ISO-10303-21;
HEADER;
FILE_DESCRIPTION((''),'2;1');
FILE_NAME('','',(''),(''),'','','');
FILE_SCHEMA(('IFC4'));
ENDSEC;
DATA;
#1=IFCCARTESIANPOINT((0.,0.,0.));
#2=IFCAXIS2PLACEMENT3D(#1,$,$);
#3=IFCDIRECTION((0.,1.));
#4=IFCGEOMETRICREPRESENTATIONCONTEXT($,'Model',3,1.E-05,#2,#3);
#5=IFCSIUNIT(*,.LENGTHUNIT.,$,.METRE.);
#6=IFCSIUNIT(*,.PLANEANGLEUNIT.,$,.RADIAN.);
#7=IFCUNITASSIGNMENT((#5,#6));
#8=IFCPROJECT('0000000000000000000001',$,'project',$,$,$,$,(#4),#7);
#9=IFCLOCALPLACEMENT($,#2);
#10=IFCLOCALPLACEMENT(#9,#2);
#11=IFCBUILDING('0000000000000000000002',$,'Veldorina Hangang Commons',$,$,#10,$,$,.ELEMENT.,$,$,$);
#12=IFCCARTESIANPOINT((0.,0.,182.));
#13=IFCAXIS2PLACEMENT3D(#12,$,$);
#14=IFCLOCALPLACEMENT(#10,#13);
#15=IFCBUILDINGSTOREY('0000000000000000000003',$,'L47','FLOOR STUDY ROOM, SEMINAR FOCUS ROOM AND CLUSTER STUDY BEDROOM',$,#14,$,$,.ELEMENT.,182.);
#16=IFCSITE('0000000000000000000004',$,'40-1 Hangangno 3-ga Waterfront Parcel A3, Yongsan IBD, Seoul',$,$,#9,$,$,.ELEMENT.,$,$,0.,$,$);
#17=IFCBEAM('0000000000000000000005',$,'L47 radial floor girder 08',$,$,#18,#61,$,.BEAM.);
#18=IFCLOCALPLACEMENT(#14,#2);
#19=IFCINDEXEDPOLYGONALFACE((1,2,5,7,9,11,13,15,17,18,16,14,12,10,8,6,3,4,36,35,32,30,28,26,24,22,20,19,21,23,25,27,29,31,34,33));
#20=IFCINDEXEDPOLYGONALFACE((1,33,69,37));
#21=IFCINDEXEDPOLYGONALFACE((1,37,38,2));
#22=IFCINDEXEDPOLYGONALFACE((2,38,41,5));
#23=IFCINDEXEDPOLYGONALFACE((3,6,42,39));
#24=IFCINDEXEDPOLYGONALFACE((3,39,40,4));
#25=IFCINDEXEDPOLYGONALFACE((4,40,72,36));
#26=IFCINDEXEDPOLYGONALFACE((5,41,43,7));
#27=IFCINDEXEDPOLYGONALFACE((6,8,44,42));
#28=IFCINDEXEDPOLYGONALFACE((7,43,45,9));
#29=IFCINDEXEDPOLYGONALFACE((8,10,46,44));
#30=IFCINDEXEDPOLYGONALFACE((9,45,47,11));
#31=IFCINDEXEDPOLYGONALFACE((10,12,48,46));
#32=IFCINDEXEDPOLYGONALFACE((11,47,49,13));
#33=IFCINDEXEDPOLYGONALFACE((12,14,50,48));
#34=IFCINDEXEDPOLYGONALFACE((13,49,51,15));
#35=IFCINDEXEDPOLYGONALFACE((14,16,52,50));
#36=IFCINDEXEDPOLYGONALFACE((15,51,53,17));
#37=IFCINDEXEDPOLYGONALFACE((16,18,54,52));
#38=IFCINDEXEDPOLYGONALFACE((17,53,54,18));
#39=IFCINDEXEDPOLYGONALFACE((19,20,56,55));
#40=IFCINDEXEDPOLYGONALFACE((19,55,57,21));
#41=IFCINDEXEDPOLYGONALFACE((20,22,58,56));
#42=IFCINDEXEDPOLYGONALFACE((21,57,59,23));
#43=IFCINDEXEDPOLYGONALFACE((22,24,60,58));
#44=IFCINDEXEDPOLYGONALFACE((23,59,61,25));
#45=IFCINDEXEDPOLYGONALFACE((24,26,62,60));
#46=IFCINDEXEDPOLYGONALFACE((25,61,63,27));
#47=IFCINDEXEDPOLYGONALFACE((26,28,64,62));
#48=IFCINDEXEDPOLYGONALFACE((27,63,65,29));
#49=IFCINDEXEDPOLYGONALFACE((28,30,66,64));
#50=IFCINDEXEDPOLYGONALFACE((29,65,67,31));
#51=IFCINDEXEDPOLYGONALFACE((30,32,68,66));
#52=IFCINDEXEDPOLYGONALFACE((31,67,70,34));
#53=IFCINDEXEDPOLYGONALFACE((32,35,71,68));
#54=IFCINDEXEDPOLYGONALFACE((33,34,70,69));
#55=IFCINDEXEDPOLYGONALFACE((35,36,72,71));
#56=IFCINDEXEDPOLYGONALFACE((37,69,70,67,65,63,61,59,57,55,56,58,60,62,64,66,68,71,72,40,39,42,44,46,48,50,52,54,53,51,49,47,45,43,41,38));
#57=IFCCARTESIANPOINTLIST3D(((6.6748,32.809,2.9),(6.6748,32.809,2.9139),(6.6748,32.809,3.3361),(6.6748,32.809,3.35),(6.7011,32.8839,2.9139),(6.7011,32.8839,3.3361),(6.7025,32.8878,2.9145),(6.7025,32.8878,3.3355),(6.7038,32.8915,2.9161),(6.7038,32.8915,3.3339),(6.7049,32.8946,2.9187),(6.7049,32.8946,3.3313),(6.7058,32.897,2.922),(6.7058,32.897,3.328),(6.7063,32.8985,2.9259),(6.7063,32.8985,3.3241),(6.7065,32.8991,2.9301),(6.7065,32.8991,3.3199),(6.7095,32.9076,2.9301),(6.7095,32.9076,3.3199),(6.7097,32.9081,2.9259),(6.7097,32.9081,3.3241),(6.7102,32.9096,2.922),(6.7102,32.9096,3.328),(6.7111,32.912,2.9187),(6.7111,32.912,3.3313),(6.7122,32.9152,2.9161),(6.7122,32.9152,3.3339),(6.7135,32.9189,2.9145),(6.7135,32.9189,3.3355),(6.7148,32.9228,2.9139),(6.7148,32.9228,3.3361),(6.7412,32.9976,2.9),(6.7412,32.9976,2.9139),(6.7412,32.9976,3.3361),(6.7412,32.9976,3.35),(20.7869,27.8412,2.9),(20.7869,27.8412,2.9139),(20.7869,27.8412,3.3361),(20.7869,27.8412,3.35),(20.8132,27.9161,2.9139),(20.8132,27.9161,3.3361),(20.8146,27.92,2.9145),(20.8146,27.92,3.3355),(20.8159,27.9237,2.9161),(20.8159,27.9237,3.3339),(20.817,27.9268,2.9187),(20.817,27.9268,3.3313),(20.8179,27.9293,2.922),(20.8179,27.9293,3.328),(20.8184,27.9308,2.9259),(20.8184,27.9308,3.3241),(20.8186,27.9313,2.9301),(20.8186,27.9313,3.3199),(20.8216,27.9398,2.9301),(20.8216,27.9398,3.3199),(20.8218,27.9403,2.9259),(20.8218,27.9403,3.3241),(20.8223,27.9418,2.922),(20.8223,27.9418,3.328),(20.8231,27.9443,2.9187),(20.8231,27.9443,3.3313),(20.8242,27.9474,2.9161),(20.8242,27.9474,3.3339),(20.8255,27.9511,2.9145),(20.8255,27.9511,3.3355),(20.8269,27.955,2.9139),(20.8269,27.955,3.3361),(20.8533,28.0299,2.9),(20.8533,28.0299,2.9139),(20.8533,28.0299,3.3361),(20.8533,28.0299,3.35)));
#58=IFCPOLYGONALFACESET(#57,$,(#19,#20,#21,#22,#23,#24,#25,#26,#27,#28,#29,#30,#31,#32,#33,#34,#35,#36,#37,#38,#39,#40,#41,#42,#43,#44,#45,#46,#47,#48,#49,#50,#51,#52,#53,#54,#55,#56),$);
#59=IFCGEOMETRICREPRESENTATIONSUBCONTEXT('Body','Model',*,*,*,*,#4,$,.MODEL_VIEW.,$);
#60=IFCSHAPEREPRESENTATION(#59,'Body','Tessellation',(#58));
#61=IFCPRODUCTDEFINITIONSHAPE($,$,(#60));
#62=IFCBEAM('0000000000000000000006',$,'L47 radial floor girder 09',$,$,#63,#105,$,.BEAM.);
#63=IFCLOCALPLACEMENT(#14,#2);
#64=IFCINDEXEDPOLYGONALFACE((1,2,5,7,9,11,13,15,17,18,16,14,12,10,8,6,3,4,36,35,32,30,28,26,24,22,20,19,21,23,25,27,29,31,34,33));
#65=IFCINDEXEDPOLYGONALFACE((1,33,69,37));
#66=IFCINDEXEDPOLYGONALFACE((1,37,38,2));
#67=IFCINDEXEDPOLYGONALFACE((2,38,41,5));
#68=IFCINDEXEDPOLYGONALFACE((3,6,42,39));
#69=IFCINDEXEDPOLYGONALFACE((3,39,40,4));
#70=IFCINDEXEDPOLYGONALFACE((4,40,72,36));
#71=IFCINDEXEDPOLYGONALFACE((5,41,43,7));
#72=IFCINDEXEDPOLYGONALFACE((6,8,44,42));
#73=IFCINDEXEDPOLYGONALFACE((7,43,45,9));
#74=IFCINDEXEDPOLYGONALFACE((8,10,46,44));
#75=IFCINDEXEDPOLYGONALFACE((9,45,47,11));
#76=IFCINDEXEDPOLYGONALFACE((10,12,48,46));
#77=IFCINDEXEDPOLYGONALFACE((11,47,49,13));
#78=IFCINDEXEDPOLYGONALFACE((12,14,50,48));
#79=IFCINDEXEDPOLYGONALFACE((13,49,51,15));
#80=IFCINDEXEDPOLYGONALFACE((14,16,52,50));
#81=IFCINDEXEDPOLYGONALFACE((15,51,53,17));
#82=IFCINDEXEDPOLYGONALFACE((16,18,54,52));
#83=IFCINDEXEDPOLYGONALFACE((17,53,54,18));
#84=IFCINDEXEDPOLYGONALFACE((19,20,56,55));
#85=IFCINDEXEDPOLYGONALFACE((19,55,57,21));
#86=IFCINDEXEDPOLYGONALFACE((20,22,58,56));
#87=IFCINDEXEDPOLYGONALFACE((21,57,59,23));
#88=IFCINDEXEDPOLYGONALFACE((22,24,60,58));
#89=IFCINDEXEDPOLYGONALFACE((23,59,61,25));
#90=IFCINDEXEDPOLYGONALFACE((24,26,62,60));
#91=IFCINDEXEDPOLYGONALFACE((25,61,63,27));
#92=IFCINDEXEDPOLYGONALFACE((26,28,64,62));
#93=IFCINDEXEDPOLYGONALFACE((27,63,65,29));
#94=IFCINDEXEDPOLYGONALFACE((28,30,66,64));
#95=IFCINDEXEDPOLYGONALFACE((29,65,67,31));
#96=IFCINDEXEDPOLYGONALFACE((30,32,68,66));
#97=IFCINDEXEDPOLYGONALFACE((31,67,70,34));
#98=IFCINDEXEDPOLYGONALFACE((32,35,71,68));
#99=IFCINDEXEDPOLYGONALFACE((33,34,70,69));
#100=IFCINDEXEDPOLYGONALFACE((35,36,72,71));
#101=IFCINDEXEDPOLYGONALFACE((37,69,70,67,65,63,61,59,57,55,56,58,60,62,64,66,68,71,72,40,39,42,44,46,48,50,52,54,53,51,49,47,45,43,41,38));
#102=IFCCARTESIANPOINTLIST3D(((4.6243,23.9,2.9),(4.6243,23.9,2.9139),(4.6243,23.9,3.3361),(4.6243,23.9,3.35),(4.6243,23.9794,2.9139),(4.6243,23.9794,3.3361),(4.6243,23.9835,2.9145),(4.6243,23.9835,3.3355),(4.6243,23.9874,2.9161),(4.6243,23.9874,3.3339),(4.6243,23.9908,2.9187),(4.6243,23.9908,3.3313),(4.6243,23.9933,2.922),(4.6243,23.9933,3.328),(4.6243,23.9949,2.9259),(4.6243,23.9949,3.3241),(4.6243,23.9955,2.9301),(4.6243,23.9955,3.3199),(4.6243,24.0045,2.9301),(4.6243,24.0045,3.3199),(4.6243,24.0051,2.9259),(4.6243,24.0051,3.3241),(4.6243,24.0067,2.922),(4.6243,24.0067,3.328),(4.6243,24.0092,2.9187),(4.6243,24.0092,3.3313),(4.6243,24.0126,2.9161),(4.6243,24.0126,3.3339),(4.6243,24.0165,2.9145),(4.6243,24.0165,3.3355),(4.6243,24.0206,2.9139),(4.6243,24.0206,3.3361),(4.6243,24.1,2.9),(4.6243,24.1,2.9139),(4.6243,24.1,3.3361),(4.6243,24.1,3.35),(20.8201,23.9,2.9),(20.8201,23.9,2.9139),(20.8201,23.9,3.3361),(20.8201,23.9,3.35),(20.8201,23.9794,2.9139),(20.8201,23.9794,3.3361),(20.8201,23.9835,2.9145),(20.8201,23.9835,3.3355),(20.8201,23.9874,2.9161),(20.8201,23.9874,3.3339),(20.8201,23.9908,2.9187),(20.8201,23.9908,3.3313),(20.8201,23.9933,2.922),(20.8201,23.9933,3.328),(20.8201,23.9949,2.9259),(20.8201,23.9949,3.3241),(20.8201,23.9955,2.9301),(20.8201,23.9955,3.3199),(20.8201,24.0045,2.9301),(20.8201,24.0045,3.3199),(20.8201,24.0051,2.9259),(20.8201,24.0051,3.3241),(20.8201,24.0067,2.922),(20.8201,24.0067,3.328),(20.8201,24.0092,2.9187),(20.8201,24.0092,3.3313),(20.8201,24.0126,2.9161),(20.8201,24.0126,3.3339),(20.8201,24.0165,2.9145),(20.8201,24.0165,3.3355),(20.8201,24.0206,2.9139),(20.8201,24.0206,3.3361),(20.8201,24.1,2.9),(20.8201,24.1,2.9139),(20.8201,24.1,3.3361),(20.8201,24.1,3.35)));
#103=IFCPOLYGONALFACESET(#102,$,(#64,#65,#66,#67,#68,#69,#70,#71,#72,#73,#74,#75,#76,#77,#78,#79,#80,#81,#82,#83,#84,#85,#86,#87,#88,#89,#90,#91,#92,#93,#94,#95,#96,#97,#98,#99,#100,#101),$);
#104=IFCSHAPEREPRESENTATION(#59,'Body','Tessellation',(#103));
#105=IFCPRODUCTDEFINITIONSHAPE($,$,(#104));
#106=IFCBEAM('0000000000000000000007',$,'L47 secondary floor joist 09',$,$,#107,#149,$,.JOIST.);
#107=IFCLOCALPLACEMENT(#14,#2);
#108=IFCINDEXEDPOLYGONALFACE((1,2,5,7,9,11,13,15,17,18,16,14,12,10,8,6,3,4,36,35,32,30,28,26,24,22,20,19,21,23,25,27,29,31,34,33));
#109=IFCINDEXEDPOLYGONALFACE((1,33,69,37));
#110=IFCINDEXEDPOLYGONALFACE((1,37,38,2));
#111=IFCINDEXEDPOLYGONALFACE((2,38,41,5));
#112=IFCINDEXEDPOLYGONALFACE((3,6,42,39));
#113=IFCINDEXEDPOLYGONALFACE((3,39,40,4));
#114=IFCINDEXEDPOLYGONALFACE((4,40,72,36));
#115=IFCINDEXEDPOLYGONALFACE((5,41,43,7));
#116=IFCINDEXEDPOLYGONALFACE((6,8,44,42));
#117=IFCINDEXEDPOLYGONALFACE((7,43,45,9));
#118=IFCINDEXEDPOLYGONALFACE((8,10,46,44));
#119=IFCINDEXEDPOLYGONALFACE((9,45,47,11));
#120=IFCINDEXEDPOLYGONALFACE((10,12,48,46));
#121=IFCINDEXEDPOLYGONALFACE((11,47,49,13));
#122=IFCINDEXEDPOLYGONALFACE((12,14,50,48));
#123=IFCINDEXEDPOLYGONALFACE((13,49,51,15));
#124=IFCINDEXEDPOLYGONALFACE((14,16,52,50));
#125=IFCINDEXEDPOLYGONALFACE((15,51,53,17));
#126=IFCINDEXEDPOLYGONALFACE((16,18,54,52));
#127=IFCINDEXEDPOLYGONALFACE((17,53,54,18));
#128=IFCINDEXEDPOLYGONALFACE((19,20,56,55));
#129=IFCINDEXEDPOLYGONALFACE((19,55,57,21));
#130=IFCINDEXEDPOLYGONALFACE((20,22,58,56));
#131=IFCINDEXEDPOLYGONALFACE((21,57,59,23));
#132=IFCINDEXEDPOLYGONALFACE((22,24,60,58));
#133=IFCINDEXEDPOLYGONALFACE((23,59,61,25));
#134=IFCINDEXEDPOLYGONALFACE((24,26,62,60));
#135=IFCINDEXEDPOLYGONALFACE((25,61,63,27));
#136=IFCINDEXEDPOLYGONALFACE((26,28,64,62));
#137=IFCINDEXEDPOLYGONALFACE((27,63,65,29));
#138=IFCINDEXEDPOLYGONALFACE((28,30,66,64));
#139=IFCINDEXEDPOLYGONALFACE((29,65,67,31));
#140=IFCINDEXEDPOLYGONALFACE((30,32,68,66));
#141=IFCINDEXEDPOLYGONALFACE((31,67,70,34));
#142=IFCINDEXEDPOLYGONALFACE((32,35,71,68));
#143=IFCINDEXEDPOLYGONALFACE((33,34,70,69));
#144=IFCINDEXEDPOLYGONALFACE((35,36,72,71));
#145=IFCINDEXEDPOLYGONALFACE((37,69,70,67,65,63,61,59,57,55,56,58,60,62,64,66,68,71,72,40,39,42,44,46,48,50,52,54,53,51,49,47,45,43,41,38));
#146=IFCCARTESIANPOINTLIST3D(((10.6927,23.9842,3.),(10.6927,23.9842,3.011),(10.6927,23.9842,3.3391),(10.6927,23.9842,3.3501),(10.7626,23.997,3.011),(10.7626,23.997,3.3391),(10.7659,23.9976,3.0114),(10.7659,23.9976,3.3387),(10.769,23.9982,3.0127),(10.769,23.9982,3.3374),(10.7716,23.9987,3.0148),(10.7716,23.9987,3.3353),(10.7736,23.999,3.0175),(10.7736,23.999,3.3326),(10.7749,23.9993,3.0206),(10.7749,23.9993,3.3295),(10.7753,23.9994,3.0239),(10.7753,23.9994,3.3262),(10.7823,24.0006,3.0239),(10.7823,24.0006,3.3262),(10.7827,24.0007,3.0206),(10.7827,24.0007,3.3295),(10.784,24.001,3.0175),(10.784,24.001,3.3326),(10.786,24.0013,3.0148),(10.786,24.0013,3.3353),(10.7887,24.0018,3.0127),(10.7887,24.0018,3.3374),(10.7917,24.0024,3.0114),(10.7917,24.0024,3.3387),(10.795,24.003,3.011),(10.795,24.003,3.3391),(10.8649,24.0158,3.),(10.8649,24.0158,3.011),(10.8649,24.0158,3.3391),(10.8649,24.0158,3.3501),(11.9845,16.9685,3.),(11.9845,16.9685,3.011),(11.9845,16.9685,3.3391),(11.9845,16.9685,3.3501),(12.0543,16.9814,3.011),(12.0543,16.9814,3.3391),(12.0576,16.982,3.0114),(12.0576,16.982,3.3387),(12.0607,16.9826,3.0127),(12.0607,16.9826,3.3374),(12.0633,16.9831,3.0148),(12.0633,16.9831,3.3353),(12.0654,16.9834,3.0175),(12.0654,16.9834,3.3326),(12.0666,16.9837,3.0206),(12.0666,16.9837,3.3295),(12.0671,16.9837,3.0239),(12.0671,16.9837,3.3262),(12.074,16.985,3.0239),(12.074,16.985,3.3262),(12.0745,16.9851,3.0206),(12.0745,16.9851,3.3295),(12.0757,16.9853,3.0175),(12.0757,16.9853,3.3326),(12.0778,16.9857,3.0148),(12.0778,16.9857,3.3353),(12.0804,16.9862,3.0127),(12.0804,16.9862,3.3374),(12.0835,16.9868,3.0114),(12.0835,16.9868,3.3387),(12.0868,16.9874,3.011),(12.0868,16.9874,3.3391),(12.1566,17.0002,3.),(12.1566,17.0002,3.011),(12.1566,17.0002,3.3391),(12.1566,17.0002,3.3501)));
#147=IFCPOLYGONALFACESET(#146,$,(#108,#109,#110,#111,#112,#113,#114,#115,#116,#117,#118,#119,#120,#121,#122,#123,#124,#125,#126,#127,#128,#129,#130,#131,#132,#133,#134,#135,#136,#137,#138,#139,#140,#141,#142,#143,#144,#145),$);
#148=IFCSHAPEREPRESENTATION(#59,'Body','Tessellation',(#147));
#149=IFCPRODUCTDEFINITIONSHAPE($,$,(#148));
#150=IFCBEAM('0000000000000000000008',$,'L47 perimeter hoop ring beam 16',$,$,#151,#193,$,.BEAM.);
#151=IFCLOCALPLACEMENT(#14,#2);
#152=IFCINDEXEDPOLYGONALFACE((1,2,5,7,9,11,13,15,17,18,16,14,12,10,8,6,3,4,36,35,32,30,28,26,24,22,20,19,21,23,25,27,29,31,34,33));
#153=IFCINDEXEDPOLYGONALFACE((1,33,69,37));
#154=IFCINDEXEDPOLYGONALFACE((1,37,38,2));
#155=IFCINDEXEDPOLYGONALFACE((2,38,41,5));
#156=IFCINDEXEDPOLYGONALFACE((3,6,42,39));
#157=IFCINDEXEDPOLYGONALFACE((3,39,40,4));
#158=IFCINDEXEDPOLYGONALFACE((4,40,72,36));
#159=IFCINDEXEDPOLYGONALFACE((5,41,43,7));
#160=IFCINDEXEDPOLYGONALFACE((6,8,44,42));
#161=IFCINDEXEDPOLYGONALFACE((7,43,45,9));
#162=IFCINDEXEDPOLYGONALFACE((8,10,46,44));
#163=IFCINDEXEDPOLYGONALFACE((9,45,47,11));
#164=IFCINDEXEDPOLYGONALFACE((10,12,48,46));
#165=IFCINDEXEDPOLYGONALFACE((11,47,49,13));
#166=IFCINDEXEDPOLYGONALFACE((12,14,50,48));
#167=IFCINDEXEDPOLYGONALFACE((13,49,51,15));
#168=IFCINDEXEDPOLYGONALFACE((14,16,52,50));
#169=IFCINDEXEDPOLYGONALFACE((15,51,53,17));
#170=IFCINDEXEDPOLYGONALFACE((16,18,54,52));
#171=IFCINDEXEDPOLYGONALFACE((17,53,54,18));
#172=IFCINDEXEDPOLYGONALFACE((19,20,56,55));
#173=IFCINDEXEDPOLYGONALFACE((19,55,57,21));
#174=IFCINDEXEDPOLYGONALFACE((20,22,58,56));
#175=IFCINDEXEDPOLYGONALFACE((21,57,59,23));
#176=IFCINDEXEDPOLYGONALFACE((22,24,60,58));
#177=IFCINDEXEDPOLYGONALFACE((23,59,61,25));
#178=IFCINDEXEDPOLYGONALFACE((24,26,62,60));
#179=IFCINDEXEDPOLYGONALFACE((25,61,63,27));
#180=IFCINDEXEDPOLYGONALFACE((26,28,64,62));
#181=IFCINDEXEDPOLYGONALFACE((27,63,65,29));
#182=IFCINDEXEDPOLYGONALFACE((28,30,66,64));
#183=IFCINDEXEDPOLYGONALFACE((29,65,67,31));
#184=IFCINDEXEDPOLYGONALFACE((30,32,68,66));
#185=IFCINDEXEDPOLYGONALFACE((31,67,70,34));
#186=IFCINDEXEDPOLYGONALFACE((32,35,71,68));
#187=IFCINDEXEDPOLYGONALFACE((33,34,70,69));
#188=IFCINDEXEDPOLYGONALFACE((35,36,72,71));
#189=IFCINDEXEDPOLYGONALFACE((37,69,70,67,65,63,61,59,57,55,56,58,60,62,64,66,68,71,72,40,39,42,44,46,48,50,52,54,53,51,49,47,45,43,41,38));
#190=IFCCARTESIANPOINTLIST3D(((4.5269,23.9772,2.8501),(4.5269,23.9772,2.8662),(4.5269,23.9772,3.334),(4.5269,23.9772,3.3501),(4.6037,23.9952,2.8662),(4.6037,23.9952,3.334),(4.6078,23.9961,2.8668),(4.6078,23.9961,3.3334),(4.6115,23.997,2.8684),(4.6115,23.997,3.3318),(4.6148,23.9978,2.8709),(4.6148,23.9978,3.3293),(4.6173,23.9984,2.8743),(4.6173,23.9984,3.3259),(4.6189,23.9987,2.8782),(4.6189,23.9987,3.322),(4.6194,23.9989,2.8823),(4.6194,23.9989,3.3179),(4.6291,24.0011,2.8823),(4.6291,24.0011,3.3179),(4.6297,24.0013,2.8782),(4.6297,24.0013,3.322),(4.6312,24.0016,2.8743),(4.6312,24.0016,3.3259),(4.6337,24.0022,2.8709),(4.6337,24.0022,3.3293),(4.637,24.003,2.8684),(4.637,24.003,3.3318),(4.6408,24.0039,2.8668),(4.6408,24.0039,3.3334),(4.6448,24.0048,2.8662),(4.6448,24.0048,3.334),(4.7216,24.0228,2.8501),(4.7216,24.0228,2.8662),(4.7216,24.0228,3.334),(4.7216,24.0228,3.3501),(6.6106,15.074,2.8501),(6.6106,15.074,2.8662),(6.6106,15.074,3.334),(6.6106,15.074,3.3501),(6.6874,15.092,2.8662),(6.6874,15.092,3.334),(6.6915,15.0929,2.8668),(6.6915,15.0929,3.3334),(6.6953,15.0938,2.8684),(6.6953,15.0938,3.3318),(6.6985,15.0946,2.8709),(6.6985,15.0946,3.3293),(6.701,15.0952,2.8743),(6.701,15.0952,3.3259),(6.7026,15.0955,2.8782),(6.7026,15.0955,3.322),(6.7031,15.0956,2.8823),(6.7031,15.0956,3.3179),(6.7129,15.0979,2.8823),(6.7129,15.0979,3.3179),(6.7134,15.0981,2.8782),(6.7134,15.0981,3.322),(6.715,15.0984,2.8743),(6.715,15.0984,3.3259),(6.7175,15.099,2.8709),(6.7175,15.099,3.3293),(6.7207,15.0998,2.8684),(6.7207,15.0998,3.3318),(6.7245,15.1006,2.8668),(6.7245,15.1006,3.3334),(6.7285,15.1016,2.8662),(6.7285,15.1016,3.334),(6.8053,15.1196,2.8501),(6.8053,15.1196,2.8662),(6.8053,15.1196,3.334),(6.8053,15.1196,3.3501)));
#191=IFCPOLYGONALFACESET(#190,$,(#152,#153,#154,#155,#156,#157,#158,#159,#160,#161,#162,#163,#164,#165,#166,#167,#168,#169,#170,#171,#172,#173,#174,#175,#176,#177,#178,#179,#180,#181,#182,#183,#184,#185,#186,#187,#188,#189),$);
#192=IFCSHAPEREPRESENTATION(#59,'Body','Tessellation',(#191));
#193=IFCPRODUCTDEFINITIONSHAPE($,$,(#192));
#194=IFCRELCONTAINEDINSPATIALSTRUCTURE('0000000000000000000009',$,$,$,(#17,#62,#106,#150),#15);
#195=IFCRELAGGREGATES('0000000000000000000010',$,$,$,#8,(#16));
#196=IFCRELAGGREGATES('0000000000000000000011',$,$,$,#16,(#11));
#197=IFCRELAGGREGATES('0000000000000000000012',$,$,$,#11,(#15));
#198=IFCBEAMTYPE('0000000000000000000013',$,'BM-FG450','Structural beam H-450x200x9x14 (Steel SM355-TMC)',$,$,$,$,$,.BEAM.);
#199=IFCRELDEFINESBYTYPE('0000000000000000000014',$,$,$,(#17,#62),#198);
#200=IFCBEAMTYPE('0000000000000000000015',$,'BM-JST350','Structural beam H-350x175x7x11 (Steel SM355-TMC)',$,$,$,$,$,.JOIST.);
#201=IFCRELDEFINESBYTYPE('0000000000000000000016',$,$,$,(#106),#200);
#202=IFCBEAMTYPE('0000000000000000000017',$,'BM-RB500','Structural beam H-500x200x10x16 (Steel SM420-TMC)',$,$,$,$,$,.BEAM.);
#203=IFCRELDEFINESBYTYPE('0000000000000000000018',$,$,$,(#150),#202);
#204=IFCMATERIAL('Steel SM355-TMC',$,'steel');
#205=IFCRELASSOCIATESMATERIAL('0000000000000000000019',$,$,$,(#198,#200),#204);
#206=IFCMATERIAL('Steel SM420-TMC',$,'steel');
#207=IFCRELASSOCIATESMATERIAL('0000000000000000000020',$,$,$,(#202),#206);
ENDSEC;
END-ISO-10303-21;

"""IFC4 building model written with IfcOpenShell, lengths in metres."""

from ifc_helpers import new_model, si_unit, direction, frame, origin, origin_2d, place, context, subcontext, project, spatial, i_section, extrude, material, material_profile, profile_set, type_object, element, save


model = new_model("IFC4")

# Units and contexts
model_context = context("Model", 3, precision=1e-05, world=origin(), true_north=direction((0.0, 1.0)))
body_context = subcontext(model_context, "Body", "Model", "MODEL_VIEW")
ifc_project = project(units=[si_unit("LENGTHUNIT", "METRE"), si_unit("PLANEANGLEUNIT", "RADIAN")], contexts=[model_context])

# Site, building, storey
site_placement = place(None, origin())
site = spatial("IfcSite", under=ifc_project, at=site_placement, Name="40-1 Hangangno 3-ga Waterfront Parcel A3, Yongsan IBD, Seoul", CompositionType="ELEMENT", RefElevation=0.0)
building_placement = place(site_placement, origin())
building = spatial("IfcBuilding", under=site, at=building_placement, Name="Veldorina Hangang Commons", CompositionType="ELEMENT")
storey_placement = place(building_placement, frame((0.0, 0.0, 182.0)))
storey = spatial("IfcBuildingStorey", under=building, at=storey_placement, Name="L47", Description="FLOOR STUDY ROOM, SEMINAR FOCUS ROOM AND CLUSTER STUDY BEDROOM", CompositionType="ELEMENT", Elevation=182.0)

# Beams
ifc_material_1 = material(Name="Steel SM355-TMC", Category="steel")
ifc_material_profile_1 = material_profile(ifc_material_1, i_section(OverallWidth=0.2, OverallDepth=0.45, WebThickness=0.009, FlangeThickness=0.0139, FilletRadius=0.0161, at=origin_2d()), Name="H-450x200x9x14")
ifc_profile_set_1 = profile_set([ifc_material_profile_1], Name="Steel SM355-TMC")
beam_type_1 = type_object("IfcBeamType", Name="BM-FG450", Description="Structural beam H-450x200x9x14 (Steel SM355-TMC)", PredefinedType="BEAM", material=ifc_profile_set_1)
beam_1_placement = place(storey_placement, frame((20.8201, 27.9355, 3.125), z_axis=(-0.943262, 0.33205, 0.0), x_axis=(-0.33205, -0.943262, 0.0)))
element("IfcBeam", 1, at=beam_1_placement, inside=storey, type_object=beam_type_1, Name="L47 radial floor girder 08", PredefinedType="BEAM", context=body_context, shape_type="SweptSolid", body=[
    extrude(i_section(OverallWidth=0.2, OverallDepth=0.45, WebThickness=0.009, FlangeThickness=0.0139, FilletRadius=0.0161, at=origin_2d()), origin(), (0.0, 0.0, 1.0), 14.9609),
])
beam_2_placement = place(storey_placement, frame((20.8201, 24.0, 3.125), z_axis=(-1.0, 0.0, 0.0), x_axis=(0.0, -1.0, 0.0)))
element("IfcBeam", 2, at=beam_2_placement, inside=storey, type_object=beam_type_1, Name="L47 radial floor girder 09", PredefinedType="BEAM", context=body_context, shape_type="SweptSolid", body=[
    extrude(i_section(OverallWidth=0.2, OverallDepth=0.45, WebThickness=0.009, FlangeThickness=0.0139, FilletRadius=0.0161, at=origin_2d()), origin(), (0.0, 0.0, 1.0), 16.1958),
])
ifc_material_profile_2 = material_profile(ifc_material_1, i_section(OverallWidth=0.175, OverallDepth=0.3501, WebThickness=0.0071, FlangeThickness=0.011, FilletRadius=0.0129, at=origin_2d()), Name="H-350x175x7x11")
ifc_profile_set_2 = profile_set([ifc_material_profile_2], Name="Steel SM355-TMC")
beam_type_2 = type_object("IfcBeamType", Name="BM-JST350", Description="Structural beam H-350x175x7x11 (Steel SM355-TMC)", PredefinedType="JOIST", material=ifc_profile_set_2)
beam_3_placement = place(storey_placement, frame((10.7788, 24.0, 3.175), z_axis=(0.181081, -0.983468, 0.0), x_axis=(0.983468, 0.181081, 0.0)))
element("IfcBeam", 3, at=beam_3_placement, inside=storey, type_object=beam_type_2, Name="L47 secondary floor joist 09", PredefinedType="JOIST", context=body_context, shape_type="SweptSolid", body=[
    extrude(i_section(OverallWidth=0.175, OverallDepth=0.3501, WebThickness=0.0071, FlangeThickness=0.011, FilletRadius=0.0129, at=origin_2d()), origin(), (0.0, 0.0, 1.0), 7.1335),
])
ifc_material_2 = material(Name="Steel SM420-TMC", Category="steel")
ifc_material_profile_3 = material_profile(ifc_material_2, i_section(OverallWidth=0.2, OverallDepth=0.5, WebThickness=0.01, FlangeThickness=0.0161, FilletRadius=0.0161, at=origin_2d()), Name="H-500x200x10x16")
ifc_profile_set_3 = profile_set([ifc_material_profile_3], Name="Steel SM420-TMC")
beam_type_3 = type_object("IfcBeamType", Name="BM-RB500", Description="Structural beam H-500x200x10x16 (Steel SM420-TMC)", PredefinedType="BEAM", material=ifc_profile_set_3)
beam_4_placement = place(storey_placement, frame((4.6243, 24.0, 3.1001), z_axis=(0.227883, -0.973689, 0.0), x_axis=(0.973689, 0.227883, 0.0)))
element("IfcBeam", 4, at=beam_4_placement, inside=storey, type_object=beam_type_3, Name="L47 perimeter hoop ring beam 16", PredefinedType="BEAM", context=body_context, shape_type="SweptSolid", body=[
    extrude(i_section(OverallWidth=0.2, OverallDepth=0.5, WebThickness=0.01, FlangeThickness=0.0161, FilletRadius=0.0161, at=origin_2d()), origin(), (0.0, 0.0, 1.0), 9.1438),
])

save(model, "model.ifc")
